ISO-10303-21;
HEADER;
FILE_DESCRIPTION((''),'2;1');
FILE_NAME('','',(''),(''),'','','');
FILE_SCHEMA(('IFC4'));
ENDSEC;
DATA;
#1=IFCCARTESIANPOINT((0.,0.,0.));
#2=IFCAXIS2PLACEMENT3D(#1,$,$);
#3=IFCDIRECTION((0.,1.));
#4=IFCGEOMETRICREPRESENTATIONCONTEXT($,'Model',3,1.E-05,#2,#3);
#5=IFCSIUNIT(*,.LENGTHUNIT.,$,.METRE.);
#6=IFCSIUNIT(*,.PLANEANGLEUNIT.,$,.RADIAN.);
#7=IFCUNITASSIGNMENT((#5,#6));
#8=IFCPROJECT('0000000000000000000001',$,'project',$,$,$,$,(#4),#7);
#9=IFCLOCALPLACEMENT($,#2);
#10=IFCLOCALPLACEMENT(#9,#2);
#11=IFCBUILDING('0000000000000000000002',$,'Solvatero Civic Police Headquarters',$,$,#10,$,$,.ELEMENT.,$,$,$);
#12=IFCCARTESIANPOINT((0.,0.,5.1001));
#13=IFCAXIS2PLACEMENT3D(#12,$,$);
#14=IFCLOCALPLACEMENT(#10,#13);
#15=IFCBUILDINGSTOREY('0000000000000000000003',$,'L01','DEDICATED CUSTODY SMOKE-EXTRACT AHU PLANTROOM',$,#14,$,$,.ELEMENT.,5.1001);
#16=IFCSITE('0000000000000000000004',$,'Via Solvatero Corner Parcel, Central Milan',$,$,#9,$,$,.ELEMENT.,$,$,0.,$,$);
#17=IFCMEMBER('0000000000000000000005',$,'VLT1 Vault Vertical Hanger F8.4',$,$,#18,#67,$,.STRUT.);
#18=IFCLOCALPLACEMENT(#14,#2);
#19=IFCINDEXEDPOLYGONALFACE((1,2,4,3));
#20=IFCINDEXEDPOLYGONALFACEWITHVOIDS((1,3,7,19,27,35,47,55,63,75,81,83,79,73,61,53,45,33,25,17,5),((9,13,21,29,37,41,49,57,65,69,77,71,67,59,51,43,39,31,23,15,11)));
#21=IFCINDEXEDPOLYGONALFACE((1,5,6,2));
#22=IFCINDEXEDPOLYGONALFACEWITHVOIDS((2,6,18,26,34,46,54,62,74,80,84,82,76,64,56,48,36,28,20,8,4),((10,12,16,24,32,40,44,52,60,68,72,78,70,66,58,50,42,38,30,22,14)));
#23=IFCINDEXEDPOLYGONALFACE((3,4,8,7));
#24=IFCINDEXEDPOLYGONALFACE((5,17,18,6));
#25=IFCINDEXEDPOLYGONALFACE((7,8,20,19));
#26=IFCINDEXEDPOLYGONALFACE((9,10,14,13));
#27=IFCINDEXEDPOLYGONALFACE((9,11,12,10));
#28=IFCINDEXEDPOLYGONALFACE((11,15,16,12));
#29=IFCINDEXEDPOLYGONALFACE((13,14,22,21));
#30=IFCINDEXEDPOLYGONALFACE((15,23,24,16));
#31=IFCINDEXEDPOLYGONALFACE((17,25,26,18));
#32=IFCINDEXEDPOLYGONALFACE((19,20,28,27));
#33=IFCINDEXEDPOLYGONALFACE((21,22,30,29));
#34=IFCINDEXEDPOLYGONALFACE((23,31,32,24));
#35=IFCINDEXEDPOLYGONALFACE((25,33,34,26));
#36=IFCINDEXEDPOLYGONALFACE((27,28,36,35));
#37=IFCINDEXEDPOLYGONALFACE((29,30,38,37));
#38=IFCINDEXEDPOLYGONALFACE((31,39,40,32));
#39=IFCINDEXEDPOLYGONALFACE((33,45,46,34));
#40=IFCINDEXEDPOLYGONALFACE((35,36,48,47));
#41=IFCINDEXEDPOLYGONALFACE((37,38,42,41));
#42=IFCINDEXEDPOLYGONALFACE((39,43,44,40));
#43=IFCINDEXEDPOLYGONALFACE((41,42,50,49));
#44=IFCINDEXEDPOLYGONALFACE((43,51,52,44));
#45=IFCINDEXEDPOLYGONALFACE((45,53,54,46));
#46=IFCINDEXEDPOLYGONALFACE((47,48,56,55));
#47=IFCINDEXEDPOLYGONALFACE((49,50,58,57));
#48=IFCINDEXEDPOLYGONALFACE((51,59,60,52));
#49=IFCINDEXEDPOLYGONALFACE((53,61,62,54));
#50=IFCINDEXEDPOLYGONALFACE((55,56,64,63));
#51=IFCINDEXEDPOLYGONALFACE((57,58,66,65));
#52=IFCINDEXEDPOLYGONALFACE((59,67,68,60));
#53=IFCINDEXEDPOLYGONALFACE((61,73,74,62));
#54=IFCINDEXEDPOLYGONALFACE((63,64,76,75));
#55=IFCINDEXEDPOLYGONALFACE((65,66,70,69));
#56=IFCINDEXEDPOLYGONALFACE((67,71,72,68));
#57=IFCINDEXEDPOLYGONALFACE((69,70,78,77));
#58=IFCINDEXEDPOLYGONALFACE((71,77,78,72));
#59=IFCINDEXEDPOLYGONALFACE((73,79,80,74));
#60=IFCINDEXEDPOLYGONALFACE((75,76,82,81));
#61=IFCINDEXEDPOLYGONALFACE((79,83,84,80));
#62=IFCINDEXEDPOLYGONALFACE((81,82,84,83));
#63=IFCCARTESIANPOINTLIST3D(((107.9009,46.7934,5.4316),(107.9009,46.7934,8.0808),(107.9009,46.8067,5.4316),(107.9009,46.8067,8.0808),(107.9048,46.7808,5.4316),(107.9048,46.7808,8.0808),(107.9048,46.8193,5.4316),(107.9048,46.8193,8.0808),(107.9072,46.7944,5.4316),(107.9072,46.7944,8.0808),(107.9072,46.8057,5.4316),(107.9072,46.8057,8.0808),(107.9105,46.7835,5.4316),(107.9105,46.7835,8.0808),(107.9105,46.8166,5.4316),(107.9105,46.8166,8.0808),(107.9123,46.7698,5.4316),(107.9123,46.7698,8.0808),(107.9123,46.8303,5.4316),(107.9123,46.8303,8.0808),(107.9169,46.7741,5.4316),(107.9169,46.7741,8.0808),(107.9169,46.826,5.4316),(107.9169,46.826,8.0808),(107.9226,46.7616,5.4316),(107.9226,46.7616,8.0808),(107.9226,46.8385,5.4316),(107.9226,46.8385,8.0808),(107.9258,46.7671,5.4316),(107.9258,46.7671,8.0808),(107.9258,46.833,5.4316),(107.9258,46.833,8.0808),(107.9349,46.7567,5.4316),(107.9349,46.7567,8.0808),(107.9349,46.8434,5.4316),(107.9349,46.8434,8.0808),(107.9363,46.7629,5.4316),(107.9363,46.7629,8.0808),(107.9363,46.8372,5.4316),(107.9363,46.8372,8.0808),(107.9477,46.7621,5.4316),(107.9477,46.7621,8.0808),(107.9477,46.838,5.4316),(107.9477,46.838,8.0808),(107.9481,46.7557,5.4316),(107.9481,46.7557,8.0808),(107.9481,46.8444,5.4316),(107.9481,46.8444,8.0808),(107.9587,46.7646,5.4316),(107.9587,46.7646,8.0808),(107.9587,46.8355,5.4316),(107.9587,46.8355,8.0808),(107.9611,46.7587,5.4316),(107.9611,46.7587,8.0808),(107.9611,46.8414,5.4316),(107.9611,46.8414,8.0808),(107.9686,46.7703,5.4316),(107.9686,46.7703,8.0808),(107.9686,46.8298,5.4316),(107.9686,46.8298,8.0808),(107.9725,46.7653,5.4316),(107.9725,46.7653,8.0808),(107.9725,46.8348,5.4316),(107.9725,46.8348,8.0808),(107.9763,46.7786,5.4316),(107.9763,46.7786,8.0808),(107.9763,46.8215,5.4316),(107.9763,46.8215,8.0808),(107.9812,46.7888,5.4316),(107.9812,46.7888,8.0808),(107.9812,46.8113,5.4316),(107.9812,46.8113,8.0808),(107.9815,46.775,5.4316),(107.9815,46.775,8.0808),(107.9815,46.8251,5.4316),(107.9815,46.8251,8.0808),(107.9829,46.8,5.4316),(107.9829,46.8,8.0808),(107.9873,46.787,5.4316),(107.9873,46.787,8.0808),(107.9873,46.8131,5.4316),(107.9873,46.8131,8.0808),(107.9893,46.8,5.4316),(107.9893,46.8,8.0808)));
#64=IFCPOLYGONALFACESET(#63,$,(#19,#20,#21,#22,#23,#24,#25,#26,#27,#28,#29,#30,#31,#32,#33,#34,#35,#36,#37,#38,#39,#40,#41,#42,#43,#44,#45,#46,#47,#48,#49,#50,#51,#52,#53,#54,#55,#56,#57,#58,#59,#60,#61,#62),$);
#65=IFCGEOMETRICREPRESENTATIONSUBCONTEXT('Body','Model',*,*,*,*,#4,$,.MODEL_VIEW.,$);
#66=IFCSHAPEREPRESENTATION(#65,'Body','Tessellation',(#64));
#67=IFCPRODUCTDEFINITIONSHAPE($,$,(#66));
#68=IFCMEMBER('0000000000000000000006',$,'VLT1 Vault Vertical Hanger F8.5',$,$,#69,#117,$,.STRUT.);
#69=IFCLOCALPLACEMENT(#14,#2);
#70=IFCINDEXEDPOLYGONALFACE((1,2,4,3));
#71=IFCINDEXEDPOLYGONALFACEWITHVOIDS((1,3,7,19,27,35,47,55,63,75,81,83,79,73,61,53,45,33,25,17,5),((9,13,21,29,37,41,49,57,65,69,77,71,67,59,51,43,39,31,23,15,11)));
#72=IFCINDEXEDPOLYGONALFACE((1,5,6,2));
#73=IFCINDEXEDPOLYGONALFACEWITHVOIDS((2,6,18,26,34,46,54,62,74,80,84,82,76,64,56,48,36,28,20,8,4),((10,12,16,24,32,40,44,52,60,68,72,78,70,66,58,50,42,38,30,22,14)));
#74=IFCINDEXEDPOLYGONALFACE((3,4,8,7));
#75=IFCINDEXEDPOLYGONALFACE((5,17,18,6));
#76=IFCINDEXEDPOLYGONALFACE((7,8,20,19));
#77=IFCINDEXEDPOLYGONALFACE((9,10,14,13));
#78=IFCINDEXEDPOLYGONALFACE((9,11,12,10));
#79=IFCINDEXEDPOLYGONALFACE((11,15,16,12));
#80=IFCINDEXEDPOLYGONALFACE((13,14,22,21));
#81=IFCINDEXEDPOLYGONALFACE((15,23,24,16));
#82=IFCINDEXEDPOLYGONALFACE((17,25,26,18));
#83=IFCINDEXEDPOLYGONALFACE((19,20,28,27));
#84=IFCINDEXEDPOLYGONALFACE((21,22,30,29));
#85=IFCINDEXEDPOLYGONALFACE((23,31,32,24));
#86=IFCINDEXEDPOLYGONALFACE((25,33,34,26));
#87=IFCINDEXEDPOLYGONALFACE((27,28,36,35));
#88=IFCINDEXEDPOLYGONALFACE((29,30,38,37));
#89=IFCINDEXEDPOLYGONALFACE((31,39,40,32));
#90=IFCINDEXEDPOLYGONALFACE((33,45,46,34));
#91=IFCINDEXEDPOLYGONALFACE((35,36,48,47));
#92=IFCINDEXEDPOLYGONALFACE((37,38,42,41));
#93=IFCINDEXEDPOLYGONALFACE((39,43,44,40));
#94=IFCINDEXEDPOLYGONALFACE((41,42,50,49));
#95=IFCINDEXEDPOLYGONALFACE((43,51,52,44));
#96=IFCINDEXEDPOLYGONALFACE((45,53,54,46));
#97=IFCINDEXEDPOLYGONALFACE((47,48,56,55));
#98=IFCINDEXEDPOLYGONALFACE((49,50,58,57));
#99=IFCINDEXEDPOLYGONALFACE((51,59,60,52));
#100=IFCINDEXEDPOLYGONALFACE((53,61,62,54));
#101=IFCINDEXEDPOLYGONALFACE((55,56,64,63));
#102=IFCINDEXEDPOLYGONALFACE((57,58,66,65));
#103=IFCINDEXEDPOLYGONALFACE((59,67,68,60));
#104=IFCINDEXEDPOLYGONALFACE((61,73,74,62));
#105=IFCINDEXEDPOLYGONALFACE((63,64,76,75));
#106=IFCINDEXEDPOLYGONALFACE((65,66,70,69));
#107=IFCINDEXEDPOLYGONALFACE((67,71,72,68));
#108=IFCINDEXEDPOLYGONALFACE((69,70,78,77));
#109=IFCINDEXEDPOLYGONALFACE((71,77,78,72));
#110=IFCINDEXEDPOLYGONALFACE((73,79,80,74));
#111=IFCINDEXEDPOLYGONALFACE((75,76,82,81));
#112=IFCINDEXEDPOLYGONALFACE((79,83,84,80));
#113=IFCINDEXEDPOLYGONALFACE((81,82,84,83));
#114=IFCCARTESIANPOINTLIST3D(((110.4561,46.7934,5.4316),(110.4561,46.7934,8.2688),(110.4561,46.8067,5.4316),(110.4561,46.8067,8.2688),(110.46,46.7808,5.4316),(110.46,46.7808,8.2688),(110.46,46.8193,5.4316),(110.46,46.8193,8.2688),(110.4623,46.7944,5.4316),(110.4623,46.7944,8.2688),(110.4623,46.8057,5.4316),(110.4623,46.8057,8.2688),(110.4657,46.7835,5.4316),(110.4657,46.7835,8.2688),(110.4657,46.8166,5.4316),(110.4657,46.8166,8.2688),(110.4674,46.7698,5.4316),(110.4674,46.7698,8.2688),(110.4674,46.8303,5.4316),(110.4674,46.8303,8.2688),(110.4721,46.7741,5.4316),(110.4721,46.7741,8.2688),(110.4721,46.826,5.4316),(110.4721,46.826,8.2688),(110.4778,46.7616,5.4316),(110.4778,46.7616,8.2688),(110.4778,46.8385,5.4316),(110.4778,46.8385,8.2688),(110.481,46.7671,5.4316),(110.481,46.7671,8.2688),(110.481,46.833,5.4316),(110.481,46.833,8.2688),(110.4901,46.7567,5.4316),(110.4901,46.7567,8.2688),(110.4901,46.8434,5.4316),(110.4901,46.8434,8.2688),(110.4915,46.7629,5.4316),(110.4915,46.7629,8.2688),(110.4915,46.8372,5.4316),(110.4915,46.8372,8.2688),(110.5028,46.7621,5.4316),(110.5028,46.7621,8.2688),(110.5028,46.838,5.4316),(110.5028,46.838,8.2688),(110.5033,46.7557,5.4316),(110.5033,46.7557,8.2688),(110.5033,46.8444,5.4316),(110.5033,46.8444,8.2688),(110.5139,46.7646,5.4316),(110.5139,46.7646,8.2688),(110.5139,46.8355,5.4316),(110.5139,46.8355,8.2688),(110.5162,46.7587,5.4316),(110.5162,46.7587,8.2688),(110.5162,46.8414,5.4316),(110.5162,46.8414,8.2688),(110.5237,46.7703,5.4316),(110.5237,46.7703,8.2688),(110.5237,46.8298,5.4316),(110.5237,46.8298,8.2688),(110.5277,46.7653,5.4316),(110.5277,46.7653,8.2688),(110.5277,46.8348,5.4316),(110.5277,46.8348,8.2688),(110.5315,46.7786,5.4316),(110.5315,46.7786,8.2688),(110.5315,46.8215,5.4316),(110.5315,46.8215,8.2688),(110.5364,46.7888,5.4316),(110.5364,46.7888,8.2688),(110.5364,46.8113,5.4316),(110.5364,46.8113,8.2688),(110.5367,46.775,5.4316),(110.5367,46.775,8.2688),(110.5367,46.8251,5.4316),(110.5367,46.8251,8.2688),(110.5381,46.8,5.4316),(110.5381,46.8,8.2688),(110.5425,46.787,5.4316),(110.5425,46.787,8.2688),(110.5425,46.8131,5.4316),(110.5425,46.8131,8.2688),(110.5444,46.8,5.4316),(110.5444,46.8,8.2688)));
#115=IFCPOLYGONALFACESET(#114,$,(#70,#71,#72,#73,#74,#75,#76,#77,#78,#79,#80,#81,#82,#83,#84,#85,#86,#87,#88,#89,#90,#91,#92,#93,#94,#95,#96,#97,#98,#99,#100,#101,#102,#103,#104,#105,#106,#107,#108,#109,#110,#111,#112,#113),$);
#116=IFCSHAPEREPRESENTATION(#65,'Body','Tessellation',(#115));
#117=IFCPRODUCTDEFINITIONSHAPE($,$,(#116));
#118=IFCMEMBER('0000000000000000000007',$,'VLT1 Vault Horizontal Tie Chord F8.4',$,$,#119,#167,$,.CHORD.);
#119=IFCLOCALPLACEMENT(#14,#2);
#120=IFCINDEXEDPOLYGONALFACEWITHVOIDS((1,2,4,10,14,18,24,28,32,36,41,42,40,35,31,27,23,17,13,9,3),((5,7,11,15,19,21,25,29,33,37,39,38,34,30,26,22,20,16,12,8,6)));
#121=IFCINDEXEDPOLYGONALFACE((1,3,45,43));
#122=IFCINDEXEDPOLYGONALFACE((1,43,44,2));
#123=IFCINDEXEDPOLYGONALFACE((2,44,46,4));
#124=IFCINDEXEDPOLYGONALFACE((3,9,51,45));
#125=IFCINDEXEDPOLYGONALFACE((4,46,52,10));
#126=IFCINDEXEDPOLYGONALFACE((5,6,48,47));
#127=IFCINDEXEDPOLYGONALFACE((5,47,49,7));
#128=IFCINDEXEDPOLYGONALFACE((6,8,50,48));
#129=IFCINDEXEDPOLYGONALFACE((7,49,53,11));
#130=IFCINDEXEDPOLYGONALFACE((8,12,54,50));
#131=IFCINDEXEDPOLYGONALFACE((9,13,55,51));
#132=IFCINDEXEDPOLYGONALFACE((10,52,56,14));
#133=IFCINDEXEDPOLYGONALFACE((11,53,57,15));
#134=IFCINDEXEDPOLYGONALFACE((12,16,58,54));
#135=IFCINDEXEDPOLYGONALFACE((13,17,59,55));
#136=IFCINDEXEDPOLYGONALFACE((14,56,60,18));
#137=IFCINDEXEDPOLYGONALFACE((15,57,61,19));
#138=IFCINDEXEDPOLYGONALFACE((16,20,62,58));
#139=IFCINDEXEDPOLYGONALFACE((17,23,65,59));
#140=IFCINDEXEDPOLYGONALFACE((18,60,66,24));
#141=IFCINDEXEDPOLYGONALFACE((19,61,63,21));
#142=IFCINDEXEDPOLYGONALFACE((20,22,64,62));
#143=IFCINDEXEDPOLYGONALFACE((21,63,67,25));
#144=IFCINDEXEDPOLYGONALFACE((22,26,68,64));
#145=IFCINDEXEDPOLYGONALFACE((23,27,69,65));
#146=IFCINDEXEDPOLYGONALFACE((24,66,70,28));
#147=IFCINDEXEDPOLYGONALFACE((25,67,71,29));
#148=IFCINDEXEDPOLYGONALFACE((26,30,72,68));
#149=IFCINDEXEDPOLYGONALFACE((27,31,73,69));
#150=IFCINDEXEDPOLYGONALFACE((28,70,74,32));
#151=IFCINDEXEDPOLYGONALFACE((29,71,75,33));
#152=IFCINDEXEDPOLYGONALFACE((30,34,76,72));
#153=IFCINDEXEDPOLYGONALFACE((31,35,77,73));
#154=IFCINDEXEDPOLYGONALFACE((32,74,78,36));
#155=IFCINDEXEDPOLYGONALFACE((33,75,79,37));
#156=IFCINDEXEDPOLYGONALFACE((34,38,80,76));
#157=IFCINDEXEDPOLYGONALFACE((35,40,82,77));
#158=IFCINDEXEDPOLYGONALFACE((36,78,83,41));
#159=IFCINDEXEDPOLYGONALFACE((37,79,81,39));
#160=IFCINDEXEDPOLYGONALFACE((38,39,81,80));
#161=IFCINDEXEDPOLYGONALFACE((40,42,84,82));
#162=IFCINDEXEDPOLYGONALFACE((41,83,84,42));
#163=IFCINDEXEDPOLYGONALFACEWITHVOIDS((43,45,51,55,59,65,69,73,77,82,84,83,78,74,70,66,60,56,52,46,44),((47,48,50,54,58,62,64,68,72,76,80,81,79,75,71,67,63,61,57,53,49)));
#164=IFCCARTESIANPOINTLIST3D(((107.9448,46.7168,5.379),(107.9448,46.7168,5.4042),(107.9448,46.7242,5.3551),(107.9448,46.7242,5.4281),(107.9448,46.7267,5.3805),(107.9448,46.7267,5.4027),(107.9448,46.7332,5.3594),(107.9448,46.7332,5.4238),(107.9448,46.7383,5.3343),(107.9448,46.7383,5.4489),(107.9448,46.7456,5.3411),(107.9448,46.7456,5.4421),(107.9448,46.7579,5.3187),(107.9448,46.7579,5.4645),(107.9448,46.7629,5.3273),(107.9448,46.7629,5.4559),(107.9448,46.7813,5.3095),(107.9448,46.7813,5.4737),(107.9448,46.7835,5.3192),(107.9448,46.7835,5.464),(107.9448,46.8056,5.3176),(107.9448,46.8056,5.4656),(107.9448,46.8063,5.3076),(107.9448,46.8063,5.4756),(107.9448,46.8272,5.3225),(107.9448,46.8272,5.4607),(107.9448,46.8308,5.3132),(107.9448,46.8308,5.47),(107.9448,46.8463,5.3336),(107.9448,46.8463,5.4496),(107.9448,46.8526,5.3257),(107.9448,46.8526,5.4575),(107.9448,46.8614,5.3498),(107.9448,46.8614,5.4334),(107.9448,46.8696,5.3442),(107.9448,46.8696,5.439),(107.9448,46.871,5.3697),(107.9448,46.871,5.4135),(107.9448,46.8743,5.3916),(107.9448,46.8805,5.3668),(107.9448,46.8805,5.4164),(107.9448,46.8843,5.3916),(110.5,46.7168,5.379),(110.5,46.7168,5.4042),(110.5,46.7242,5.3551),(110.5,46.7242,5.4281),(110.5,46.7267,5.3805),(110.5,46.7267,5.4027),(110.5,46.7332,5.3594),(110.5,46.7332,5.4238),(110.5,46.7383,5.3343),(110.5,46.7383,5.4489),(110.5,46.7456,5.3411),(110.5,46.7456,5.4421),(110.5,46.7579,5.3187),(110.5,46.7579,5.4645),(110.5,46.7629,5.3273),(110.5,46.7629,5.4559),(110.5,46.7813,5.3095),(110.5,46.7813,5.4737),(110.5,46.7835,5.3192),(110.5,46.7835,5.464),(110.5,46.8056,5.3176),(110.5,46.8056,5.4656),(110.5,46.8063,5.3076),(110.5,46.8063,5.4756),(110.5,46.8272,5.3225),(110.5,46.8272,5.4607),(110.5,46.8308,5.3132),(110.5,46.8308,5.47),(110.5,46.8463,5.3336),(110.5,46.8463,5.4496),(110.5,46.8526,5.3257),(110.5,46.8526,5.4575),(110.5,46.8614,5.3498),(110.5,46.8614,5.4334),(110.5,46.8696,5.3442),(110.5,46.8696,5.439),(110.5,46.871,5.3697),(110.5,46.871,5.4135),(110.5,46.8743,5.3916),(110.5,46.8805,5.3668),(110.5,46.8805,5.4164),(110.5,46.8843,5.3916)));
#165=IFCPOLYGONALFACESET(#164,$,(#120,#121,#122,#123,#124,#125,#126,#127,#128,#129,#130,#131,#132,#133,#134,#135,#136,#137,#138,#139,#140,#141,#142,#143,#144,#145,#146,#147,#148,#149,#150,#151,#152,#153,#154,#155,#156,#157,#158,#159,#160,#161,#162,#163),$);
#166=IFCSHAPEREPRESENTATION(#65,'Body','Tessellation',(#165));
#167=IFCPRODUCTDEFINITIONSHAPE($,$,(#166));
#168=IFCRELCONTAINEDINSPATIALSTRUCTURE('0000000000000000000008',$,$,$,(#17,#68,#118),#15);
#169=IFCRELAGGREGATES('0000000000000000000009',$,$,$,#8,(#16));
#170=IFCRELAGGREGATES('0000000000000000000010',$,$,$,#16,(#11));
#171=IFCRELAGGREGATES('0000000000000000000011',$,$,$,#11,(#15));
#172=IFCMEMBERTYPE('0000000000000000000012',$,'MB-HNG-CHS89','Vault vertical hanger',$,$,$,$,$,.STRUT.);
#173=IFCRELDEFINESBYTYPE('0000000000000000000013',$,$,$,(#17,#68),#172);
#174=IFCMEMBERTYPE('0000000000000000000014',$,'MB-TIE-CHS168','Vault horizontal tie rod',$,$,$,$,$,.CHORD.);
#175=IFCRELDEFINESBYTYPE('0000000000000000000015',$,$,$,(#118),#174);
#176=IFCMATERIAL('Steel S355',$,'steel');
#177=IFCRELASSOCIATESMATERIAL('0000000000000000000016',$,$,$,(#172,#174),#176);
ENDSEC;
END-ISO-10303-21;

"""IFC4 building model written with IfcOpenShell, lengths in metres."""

from ifc_helpers import new_model, si_unit, direction, frame, origin, origin_2d, place, context, subcontext, project, spatial, hollow_circle, extrude, material, material_profile, profile_set, type_object, element, save


model = new_model("IFC4")

# Units and contexts
model_context = context("Model", 3, precision=1e-05, world=origin(), true_north=direction((0.0, 1.0)))
body_context = subcontext(model_context, "Body", "Model", "MODEL_VIEW")
ifc_project = project(units=[si_unit("LENGTHUNIT", "METRE"), si_unit("PLANEANGLEUNIT", "RADIAN")], contexts=[model_context])

# Site, building, storey
site_placement = place(None, origin())
site = spatial("IfcSite", under=ifc_project, at=site_placement, Name="Via Solvatero Corner Parcel, Central Milan", CompositionType="ELEMENT", RefElevation=0.0)
building_placement = place(site_placement, origin())
building = spatial("IfcBuilding", under=site, at=building_placement, Name="Solvatero Civic Police Headquarters", CompositionType="ELEMENT")
storey_placement = place(building_placement, frame((0.0, 0.0, 5.1001)))
storey = spatial("IfcBuildingStorey", under=building, at=storey_placement, Name="L01", Description="DEDICATED CUSTODY SMOKE-EXTRACT AHU PLANTROOM", CompositionType="ELEMENT", Elevation=5.1001)

# Shared definitions
ifc_material_1 = material(Name="Steel S355", Category="steel")

# Members
ifc_material_profile_1 = material_profile(ifc_material_1, hollow_circle(Radius=0.0444, WallThickness=0.0063, at=origin_2d()), Name="CHS 88.9x6.3")
ifc_profile_set_1 = profile_set([ifc_material_profile_1], Name="Steel S355")
member_type_1 = type_object("IfcMemberType", Name="MB-HNG-CHS89", Description="Vault vertical hanger", PredefinedType="STRUT", material=ifc_profile_set_1)
member_1_placement = place(storey_placement, frame((107.9448, 46.8, 5.4316), z_axis=(0.0, 0.0, 1.0), x_axis=(1.0, 0.0, 0.0)))
element("IfcMember", 1, at=member_1_placement, inside=storey, type_object=member_type_1, Name="VLT1 Vault Vertical Hanger F8.4", PredefinedType="STRUT", context=body_context, shape_type="SweptSolid", body=[
    extrude(hollow_circle(Radius=0.0444, WallThickness=0.0063, at=origin_2d()), origin(), (0.0, 0.0, 1.0), 2.6492),
])
member_2_placement = place(storey_placement, frame((110.5, 46.8, 5.4316), z_axis=(0.0, 0.0, 1.0), x_axis=(1.0, 0.0, 0.0)))
element("IfcMember", 2, at=member_2_placement, inside=storey, type_object=member_type_1, Name="VLT1 Vault Vertical Hanger F8.5", PredefinedType="STRUT", context=body_context, shape_type="SweptSolid", body=[
    extrude(hollow_circle(Radius=0.0444, WallThickness=0.0063, at=origin_2d()), origin(), (0.0, 0.0, 1.0), 2.8372),
])
ifc_material_profile_2 = material_profile(ifc_material_1, hollow_circle(Radius=0.0842, WallThickness=0.01, at=origin_2d()), Name="CHS 168.3x10.0")
ifc_profile_set_2 = profile_set([ifc_material_profile_2], Name="Steel S355")
member_type_2 = type_object("IfcMemberType", Name="MB-TIE-CHS168", Description="Vault horizontal tie rod", PredefinedType="CHORD", material=ifc_profile_set_2)
for number, where, z_axis, x_axis, name in (
    (3, (107.9448, 46.8, 5.3916), (1.0, 0.0, 0.0), (0.0, 1.0, 0.0), "VLT1 Vault Horizontal Tie Chord F8.4"),
):
    element("IfcMember", number, at=place(storey_placement, frame(where, z_axis=z_axis, x_axis=x_axis)), inside=storey, type_object=member_type_2, Name=name, PredefinedType="CHORD", context=body_context, shape_type="SweptSolid", body=[
        extrude(hollow_circle(Radius=0.0842, WallThickness=0.01, at=origin_2d()), origin(), (0.0, 0.0, 1.0), 2.5552),
    ])

save(model, "model.ifc")
